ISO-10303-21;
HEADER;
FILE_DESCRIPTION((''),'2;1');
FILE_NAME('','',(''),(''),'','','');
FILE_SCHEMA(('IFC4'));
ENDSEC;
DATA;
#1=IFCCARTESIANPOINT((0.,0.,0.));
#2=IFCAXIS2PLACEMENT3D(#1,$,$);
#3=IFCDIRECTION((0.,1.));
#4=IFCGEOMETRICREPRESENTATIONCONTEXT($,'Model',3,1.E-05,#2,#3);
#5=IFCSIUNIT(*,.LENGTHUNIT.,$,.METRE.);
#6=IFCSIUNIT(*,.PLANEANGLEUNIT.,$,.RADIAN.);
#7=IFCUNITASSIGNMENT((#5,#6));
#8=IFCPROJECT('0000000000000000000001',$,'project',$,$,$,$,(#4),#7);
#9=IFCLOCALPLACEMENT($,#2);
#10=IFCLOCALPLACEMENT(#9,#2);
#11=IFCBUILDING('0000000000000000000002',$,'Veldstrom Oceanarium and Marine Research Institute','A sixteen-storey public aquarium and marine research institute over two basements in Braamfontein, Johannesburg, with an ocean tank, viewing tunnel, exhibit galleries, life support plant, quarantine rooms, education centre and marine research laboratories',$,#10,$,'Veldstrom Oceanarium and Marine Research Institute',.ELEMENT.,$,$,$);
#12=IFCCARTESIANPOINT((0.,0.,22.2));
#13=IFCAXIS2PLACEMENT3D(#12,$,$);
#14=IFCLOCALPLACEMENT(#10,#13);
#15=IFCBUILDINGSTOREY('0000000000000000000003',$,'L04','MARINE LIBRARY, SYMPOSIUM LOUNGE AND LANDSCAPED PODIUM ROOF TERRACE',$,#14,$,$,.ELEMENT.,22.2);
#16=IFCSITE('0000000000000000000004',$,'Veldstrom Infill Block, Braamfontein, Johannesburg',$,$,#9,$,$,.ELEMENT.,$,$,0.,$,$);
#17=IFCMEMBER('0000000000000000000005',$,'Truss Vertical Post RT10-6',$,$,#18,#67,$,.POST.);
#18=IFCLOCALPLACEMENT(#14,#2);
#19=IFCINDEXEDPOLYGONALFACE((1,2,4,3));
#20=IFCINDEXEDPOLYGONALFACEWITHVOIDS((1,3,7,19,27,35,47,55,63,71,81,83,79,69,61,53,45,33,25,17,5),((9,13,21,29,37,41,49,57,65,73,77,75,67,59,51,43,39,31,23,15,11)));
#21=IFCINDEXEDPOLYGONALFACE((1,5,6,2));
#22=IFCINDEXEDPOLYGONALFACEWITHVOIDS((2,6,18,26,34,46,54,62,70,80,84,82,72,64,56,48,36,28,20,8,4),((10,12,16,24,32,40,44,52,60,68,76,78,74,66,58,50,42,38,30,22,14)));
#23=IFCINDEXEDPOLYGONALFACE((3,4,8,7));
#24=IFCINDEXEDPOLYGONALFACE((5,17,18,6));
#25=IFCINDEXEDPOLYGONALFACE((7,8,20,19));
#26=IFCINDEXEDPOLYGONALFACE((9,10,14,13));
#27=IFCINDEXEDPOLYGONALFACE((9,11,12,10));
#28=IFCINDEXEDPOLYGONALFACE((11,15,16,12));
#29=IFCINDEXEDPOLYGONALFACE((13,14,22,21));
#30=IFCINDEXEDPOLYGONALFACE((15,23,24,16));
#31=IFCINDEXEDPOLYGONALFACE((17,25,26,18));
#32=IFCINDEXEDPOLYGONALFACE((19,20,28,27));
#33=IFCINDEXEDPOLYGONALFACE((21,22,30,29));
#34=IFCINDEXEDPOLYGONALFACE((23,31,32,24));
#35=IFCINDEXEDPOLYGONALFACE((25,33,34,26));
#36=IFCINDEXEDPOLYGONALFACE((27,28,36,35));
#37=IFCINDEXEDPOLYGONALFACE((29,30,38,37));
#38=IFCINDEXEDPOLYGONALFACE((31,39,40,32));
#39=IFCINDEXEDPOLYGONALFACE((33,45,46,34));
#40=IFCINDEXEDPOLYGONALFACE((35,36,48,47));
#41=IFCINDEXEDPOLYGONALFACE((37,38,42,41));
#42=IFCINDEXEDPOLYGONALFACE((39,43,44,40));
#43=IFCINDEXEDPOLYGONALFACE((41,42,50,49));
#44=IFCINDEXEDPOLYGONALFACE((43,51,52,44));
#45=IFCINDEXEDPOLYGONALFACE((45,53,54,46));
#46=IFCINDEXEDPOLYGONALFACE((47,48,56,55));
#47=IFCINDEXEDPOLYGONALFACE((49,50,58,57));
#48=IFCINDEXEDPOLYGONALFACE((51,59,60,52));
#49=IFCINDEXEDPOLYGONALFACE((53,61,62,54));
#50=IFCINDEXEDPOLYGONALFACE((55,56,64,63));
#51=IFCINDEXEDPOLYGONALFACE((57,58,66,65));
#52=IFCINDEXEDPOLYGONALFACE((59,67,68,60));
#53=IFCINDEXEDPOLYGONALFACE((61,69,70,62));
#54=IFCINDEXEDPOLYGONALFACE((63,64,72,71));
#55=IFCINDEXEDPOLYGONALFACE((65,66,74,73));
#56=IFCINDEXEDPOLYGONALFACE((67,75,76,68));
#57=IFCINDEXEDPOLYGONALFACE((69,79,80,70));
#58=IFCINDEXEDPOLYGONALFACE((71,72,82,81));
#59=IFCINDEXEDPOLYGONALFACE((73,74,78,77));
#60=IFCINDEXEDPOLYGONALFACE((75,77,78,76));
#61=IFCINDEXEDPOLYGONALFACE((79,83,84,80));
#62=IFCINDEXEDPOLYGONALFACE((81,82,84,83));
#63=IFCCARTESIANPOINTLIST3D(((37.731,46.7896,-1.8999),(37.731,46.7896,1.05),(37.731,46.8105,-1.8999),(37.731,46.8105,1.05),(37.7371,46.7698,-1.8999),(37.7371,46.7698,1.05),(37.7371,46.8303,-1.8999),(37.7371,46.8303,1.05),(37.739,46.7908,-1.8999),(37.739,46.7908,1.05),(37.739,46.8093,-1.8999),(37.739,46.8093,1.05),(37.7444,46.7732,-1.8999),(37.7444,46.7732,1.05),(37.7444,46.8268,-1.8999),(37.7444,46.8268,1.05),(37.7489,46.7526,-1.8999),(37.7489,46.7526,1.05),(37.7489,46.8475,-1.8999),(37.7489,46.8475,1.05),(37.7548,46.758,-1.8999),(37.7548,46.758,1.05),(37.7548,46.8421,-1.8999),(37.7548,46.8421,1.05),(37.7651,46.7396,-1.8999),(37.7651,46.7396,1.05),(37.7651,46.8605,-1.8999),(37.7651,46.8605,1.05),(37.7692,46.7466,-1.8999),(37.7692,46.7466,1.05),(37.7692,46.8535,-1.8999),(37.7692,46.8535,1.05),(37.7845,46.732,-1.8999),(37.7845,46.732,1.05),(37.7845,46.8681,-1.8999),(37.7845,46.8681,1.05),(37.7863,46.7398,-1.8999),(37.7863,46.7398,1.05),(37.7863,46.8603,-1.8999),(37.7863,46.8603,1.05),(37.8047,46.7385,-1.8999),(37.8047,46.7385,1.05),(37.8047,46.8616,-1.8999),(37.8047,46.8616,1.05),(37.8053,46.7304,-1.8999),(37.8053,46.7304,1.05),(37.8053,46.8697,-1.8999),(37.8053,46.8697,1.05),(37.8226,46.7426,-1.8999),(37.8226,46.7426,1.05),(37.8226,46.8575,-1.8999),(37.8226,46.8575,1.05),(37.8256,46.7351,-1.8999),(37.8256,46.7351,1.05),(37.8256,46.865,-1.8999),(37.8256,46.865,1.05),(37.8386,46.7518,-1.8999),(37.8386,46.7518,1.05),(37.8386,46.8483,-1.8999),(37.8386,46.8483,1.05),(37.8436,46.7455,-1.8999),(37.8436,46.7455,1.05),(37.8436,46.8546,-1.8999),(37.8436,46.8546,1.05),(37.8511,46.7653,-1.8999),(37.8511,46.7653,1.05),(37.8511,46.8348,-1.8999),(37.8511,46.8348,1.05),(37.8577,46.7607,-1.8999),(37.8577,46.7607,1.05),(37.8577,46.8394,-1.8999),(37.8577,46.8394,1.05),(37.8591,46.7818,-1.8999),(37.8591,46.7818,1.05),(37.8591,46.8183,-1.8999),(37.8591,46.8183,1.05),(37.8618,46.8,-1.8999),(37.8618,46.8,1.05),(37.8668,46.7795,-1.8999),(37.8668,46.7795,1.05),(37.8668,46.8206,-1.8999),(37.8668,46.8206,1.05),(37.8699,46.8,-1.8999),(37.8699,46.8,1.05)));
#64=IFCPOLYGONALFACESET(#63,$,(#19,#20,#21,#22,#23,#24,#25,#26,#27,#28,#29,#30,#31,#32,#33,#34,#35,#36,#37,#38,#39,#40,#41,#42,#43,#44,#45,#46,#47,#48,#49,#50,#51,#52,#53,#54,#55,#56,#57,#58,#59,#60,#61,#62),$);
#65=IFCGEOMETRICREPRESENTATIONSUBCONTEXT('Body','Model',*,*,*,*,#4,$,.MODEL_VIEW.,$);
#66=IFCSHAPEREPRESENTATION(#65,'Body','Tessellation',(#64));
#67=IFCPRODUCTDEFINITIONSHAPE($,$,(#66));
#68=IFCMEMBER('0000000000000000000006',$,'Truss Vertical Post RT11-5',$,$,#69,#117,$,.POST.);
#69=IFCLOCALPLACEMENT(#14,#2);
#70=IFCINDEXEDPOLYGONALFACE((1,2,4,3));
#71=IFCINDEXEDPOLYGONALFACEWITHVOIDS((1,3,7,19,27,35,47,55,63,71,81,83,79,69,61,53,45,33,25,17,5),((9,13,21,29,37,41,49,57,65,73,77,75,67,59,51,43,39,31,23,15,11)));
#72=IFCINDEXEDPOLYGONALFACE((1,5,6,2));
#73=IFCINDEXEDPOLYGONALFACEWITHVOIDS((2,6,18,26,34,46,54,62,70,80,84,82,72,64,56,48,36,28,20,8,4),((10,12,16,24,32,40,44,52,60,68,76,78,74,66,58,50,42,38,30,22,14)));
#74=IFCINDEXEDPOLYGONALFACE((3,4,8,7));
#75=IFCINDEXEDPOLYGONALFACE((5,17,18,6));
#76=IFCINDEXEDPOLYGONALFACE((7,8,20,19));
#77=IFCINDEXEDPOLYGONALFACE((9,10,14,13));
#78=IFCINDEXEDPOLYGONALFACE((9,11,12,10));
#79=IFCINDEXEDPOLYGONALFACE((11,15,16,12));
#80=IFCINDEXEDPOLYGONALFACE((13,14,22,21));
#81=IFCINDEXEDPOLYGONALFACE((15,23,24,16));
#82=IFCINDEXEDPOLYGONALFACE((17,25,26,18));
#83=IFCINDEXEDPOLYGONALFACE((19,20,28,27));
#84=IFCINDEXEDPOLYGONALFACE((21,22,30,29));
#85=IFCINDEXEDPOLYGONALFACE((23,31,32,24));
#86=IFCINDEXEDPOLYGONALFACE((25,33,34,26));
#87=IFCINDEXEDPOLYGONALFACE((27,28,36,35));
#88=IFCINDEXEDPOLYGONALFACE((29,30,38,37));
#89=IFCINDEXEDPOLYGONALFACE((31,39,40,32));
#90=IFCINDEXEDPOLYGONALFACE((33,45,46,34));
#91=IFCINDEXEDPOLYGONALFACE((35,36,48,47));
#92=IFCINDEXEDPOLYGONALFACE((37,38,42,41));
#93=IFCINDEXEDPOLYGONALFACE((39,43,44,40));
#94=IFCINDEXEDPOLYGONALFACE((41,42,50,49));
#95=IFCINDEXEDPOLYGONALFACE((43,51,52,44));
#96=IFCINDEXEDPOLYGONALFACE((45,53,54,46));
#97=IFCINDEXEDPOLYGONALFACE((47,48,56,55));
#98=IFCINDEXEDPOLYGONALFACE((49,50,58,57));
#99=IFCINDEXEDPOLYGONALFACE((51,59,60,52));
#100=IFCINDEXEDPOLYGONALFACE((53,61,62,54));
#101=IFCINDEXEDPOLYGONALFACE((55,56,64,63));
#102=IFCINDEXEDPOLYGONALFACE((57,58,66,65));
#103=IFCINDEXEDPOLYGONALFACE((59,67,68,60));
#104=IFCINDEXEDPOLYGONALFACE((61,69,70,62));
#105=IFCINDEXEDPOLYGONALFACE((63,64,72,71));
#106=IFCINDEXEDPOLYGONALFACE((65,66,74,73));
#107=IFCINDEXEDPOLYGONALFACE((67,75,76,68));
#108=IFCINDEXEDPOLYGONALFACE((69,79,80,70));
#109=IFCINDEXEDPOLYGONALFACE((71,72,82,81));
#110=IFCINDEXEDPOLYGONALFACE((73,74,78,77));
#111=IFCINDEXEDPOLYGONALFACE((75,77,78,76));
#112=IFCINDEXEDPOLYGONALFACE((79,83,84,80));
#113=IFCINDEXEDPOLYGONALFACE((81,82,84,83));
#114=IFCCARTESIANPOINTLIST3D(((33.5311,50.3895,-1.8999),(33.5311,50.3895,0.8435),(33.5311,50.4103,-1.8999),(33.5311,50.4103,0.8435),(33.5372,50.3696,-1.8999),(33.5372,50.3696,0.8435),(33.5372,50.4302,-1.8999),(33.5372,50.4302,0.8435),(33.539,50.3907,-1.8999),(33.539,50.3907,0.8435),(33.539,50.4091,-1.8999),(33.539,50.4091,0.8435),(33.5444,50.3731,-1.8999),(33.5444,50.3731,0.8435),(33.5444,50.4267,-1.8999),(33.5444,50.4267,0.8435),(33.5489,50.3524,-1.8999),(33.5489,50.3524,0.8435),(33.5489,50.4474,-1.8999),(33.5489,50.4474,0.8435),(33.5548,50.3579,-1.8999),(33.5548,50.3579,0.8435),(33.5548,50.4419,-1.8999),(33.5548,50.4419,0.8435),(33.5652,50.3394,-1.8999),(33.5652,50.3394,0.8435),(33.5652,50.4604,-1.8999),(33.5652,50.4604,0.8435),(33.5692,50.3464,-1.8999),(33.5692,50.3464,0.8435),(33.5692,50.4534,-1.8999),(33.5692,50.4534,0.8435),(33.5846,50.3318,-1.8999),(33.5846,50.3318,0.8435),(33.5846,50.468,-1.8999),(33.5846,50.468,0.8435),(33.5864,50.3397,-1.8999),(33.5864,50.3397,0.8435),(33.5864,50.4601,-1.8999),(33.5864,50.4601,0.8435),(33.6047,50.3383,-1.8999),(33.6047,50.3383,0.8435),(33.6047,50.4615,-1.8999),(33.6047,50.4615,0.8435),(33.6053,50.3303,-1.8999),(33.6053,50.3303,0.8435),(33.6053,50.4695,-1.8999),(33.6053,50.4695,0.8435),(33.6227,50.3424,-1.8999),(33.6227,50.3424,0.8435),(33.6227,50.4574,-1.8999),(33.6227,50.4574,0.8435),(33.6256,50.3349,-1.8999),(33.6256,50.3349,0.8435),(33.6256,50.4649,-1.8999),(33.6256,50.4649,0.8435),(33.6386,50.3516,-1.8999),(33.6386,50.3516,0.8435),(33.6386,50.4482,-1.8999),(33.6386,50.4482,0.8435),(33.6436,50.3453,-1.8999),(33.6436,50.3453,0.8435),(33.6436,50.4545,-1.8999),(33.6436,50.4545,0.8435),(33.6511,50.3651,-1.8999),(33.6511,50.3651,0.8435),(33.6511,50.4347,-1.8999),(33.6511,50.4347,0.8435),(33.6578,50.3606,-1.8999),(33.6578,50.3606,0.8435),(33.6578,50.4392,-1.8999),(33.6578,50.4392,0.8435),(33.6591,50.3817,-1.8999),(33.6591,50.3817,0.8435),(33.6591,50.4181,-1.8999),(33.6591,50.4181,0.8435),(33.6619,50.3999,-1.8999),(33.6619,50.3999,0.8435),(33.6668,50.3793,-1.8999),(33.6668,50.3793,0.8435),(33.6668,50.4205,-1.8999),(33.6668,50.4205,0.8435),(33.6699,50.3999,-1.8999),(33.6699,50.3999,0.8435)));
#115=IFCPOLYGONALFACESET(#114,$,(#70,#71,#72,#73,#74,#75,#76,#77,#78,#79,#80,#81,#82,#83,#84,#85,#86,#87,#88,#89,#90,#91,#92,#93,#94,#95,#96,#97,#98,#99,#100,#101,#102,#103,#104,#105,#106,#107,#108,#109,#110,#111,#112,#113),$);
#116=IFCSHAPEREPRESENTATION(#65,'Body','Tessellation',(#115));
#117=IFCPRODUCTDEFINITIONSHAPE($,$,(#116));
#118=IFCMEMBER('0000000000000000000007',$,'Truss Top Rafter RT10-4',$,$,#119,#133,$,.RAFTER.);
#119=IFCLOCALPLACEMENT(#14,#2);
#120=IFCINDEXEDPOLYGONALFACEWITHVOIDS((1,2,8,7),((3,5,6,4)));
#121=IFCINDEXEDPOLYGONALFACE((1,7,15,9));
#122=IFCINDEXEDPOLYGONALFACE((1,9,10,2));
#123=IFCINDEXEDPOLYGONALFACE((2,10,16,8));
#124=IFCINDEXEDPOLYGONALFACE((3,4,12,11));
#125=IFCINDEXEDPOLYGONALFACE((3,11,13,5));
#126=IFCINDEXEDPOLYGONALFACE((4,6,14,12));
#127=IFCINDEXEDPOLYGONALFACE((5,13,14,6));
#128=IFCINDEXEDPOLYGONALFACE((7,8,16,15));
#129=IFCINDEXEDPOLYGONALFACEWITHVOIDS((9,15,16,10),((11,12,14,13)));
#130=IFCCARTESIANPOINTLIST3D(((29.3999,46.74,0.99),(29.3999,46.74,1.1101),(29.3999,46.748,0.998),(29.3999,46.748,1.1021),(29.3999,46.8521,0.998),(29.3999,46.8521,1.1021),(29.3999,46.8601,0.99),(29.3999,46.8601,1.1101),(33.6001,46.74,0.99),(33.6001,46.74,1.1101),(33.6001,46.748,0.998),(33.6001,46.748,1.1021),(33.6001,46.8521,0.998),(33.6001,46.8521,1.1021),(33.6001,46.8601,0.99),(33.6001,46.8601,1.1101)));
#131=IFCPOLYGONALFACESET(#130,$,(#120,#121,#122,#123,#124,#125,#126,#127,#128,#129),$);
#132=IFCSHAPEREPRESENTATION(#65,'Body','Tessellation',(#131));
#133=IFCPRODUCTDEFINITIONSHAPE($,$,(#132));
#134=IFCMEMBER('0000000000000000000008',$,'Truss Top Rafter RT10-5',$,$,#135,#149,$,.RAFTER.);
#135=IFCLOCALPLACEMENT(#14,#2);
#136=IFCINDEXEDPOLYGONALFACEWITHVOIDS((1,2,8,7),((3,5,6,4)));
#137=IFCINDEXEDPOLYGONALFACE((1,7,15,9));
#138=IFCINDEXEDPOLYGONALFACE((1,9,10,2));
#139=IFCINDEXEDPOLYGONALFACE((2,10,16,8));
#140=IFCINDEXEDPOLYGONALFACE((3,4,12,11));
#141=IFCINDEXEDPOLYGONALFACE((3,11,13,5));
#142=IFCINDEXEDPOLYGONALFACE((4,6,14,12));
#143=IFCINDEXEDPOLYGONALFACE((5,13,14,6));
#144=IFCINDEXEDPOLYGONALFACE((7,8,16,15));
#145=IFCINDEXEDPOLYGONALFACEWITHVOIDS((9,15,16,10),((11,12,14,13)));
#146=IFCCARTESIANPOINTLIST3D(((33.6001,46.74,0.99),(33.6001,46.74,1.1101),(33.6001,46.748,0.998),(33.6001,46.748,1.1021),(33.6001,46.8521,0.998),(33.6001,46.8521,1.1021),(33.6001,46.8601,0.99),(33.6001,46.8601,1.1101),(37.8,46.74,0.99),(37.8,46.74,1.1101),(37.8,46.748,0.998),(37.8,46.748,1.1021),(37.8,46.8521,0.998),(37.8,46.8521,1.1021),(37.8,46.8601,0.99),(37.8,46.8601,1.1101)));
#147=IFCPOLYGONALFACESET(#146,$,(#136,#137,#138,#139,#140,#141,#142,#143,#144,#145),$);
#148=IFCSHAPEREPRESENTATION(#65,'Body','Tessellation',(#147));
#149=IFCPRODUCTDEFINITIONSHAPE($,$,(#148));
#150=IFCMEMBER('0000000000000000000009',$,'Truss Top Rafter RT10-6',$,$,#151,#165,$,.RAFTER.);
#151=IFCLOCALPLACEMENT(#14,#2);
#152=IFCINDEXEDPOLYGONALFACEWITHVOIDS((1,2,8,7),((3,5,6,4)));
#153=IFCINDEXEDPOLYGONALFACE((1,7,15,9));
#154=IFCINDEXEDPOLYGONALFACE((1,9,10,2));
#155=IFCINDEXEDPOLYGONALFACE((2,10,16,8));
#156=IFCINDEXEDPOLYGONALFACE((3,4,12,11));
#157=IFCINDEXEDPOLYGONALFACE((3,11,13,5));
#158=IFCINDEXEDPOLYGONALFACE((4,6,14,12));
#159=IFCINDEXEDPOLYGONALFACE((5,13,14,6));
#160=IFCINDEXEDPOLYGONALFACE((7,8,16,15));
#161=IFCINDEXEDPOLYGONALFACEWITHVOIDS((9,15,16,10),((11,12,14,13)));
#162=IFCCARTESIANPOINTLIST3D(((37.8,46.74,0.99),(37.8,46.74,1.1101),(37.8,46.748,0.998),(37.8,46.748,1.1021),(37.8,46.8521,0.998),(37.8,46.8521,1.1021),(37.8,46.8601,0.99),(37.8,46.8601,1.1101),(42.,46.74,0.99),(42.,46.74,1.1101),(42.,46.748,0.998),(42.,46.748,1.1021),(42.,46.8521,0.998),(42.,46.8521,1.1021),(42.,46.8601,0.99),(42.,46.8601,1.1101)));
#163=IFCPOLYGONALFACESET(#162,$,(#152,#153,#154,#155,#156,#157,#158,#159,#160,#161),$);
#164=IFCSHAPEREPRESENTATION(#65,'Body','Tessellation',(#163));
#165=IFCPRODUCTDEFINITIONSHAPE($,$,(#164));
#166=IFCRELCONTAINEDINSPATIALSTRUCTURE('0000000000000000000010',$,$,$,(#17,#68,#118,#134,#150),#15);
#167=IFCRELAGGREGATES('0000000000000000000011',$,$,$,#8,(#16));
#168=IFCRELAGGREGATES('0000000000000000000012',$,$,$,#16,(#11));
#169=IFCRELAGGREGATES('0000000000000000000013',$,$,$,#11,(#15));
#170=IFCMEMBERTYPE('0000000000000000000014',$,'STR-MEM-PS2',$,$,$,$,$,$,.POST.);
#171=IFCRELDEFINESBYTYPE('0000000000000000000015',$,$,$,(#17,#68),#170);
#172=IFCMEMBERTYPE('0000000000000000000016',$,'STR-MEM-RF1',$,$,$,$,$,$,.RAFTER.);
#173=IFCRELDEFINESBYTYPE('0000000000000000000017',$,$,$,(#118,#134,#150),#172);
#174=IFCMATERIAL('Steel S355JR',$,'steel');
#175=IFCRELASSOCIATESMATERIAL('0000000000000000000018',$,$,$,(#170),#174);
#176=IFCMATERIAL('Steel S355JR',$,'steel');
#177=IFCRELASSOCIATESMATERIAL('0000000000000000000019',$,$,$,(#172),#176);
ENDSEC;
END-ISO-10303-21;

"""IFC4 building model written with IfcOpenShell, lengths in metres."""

from ifc_helpers import new_model, si_unit, direction, frame, origin, origin_2d, place, context, subcontext, project, spatial, hollow_rectangle, hollow_circle, extrude, material, material_profile, profile_set, type_object, element, save


model = new_model("IFC4")

# Units and contexts
model_context = context("Model", 3, precision=1e-05, world=origin(), true_north=direction((0.0, 1.0)))
body_context = subcontext(model_context, "Body", "Model", "MODEL_VIEW")
ifc_project = project(units=[si_unit("LENGTHUNIT", "METRE"), si_unit("PLANEANGLEUNIT", "RADIAN")], contexts=[model_context])

# Site, building, storey
site_placement = place(None, origin())
site = spatial("IfcSite", under=ifc_project, at=site_placement, Name="Veldstrom Infill Block, Braamfontein, Johannesburg", CompositionType="ELEMENT", RefElevation=0.0)
building_placement = place(site_placement, origin())
building = spatial("IfcBuilding", under=site, at=building_placement, Name="Veldstrom Oceanarium and Marine Research Institute", Description="A sixteen-storey public aquarium and marine research institute over two basements in Braamfontein, Johannesburg, with an ocean tank, viewing tunnel, exhibit galleries, life support plant, quarantine rooms, education centre and marine research laboratories", LongName="Veldstrom Oceanarium and Marine Research Institute", CompositionType="ELEMENT")
storey_placement = place(building_placement, frame((0.0, 0.0, 22.2)))
storey = spatial("IfcBuildingStorey", under=building, at=storey_placement, Name="L04", Description="MARINE LIBRARY, SYMPOSIUM LOUNGE AND LANDSCAPED PODIUM ROOF TERRACE", CompositionType="ELEMENT", Elevation=22.2)

# Members
ifc_material_1 = material(Name="Steel S355JR", Category="steel")
ifc_material_profile_1 = material_profile(ifc_material_1, hollow_circle(Radius=0.0698, WallThickness=0.0081, at=origin_2d()), Name="CHS 139.7x8")
ifc_profile_set_1 = profile_set([ifc_material_profile_1], Name="Steel S355JR")
member_type_1 = type_object("IfcMemberType", Name="STR-MEM-PS2", PredefinedType="POST", material=ifc_profile_set_1)
for number, where, z_axis, x_axis, name in (
    (1, (37.8, 46.8, -1.8999), (0.0, 0.0, 1.0), (1.0, 0.0, 0.0), "Truss Vertical Post RT10-6"),
):
    element("IfcMember", number, at=place(storey_placement, frame(where, z_axis=z_axis, x_axis=x_axis)), inside=storey, type_object=member_type_1, Name=name, PredefinedType="POST", context=body_context, shape_type="SweptSolid", body=[
        extrude(hollow_circle(Radius=0.0698, WallThickness=0.0081, at=origin_2d()), origin(), (0.0, 0.0, 1.0), 2.95),
    ])
member_1_placement = place(storey_placement, frame((33.6001, 50.3999, -1.8999), z_axis=(0.0, 0.0, 1.0), x_axis=(1.0, 0.0, 0.0)))
element("IfcMember", 2, at=member_1_placement, inside=storey, type_object=member_type_1, Name="Truss Vertical Post RT11-5", PredefinedType="POST", context=body_context, shape_type="SweptSolid", body=[
    extrude(hollow_circle(Radius=0.0698, WallThickness=0.0081, at=origin_2d()), origin(), (0.0, 0.0, 1.0), 2.7434),
])
ifc_material_2 = material(Name="Steel S355JR", Category="steel")
ifc_material_profile_2 = material_profile(ifc_material_2, hollow_rectangle(XDim=0.1201, YDim=0.1201, WallThickness=0.0081, at=origin_2d()), Name="SHS 120x120x8")
ifc_profile_set_2 = profile_set([ifc_material_profile_2], Name="Steel S355JR")
member_type_2 = type_object("IfcMemberType", Name="STR-MEM-RF1", PredefinedType="RAFTER", material=ifc_profile_set_2)
member_2_placement = place(storey_placement, frame((29.3999, 46.8, 1.05), z_axis=(1.0, 0.0, 0.0), x_axis=(0.0, 1.0, 0.0)))
element("IfcMember", 3, at=member_2_placement, inside=storey, type_object=member_type_2, Name="Truss Top Rafter RT10-4", PredefinedType="RAFTER", context=body_context, shape_type="SweptSolid", body=[
    extrude(hollow_rectangle(XDim=0.1201, YDim=0.1201, WallThickness=0.0081, at=origin_2d()), origin(), (0.0, 0.0, 1.0), 4.2002),
])
for number, where, z_axis, x_axis, name in (
    (4, (33.6001, 46.8, 1.05), (1.0, 0.0, 0.0), (0.0, 1.0, 0.0), "Truss Top Rafter RT10-5"),
    (5, (37.8, 46.8, 1.05), (1.0, 0.0, 0.0), (0.0, 1.0, 0.0), "Truss Top Rafter RT10-6"),
):
    element("IfcMember", number, at=place(storey_placement, frame(where, z_axis=z_axis, x_axis=x_axis)), inside=storey, type_object=member_type_2, Name=name, PredefinedType="RAFTER", context=body_context, shape_type="SweptSolid", body=[
        extrude(hollow_rectangle(XDim=0.1201, YDim=0.1201, WallThickness=0.0081, at=origin_2d()), origin(), (0.0, 0.0, 1.0), 4.2),
    ])

save(model, "model.ifc")
